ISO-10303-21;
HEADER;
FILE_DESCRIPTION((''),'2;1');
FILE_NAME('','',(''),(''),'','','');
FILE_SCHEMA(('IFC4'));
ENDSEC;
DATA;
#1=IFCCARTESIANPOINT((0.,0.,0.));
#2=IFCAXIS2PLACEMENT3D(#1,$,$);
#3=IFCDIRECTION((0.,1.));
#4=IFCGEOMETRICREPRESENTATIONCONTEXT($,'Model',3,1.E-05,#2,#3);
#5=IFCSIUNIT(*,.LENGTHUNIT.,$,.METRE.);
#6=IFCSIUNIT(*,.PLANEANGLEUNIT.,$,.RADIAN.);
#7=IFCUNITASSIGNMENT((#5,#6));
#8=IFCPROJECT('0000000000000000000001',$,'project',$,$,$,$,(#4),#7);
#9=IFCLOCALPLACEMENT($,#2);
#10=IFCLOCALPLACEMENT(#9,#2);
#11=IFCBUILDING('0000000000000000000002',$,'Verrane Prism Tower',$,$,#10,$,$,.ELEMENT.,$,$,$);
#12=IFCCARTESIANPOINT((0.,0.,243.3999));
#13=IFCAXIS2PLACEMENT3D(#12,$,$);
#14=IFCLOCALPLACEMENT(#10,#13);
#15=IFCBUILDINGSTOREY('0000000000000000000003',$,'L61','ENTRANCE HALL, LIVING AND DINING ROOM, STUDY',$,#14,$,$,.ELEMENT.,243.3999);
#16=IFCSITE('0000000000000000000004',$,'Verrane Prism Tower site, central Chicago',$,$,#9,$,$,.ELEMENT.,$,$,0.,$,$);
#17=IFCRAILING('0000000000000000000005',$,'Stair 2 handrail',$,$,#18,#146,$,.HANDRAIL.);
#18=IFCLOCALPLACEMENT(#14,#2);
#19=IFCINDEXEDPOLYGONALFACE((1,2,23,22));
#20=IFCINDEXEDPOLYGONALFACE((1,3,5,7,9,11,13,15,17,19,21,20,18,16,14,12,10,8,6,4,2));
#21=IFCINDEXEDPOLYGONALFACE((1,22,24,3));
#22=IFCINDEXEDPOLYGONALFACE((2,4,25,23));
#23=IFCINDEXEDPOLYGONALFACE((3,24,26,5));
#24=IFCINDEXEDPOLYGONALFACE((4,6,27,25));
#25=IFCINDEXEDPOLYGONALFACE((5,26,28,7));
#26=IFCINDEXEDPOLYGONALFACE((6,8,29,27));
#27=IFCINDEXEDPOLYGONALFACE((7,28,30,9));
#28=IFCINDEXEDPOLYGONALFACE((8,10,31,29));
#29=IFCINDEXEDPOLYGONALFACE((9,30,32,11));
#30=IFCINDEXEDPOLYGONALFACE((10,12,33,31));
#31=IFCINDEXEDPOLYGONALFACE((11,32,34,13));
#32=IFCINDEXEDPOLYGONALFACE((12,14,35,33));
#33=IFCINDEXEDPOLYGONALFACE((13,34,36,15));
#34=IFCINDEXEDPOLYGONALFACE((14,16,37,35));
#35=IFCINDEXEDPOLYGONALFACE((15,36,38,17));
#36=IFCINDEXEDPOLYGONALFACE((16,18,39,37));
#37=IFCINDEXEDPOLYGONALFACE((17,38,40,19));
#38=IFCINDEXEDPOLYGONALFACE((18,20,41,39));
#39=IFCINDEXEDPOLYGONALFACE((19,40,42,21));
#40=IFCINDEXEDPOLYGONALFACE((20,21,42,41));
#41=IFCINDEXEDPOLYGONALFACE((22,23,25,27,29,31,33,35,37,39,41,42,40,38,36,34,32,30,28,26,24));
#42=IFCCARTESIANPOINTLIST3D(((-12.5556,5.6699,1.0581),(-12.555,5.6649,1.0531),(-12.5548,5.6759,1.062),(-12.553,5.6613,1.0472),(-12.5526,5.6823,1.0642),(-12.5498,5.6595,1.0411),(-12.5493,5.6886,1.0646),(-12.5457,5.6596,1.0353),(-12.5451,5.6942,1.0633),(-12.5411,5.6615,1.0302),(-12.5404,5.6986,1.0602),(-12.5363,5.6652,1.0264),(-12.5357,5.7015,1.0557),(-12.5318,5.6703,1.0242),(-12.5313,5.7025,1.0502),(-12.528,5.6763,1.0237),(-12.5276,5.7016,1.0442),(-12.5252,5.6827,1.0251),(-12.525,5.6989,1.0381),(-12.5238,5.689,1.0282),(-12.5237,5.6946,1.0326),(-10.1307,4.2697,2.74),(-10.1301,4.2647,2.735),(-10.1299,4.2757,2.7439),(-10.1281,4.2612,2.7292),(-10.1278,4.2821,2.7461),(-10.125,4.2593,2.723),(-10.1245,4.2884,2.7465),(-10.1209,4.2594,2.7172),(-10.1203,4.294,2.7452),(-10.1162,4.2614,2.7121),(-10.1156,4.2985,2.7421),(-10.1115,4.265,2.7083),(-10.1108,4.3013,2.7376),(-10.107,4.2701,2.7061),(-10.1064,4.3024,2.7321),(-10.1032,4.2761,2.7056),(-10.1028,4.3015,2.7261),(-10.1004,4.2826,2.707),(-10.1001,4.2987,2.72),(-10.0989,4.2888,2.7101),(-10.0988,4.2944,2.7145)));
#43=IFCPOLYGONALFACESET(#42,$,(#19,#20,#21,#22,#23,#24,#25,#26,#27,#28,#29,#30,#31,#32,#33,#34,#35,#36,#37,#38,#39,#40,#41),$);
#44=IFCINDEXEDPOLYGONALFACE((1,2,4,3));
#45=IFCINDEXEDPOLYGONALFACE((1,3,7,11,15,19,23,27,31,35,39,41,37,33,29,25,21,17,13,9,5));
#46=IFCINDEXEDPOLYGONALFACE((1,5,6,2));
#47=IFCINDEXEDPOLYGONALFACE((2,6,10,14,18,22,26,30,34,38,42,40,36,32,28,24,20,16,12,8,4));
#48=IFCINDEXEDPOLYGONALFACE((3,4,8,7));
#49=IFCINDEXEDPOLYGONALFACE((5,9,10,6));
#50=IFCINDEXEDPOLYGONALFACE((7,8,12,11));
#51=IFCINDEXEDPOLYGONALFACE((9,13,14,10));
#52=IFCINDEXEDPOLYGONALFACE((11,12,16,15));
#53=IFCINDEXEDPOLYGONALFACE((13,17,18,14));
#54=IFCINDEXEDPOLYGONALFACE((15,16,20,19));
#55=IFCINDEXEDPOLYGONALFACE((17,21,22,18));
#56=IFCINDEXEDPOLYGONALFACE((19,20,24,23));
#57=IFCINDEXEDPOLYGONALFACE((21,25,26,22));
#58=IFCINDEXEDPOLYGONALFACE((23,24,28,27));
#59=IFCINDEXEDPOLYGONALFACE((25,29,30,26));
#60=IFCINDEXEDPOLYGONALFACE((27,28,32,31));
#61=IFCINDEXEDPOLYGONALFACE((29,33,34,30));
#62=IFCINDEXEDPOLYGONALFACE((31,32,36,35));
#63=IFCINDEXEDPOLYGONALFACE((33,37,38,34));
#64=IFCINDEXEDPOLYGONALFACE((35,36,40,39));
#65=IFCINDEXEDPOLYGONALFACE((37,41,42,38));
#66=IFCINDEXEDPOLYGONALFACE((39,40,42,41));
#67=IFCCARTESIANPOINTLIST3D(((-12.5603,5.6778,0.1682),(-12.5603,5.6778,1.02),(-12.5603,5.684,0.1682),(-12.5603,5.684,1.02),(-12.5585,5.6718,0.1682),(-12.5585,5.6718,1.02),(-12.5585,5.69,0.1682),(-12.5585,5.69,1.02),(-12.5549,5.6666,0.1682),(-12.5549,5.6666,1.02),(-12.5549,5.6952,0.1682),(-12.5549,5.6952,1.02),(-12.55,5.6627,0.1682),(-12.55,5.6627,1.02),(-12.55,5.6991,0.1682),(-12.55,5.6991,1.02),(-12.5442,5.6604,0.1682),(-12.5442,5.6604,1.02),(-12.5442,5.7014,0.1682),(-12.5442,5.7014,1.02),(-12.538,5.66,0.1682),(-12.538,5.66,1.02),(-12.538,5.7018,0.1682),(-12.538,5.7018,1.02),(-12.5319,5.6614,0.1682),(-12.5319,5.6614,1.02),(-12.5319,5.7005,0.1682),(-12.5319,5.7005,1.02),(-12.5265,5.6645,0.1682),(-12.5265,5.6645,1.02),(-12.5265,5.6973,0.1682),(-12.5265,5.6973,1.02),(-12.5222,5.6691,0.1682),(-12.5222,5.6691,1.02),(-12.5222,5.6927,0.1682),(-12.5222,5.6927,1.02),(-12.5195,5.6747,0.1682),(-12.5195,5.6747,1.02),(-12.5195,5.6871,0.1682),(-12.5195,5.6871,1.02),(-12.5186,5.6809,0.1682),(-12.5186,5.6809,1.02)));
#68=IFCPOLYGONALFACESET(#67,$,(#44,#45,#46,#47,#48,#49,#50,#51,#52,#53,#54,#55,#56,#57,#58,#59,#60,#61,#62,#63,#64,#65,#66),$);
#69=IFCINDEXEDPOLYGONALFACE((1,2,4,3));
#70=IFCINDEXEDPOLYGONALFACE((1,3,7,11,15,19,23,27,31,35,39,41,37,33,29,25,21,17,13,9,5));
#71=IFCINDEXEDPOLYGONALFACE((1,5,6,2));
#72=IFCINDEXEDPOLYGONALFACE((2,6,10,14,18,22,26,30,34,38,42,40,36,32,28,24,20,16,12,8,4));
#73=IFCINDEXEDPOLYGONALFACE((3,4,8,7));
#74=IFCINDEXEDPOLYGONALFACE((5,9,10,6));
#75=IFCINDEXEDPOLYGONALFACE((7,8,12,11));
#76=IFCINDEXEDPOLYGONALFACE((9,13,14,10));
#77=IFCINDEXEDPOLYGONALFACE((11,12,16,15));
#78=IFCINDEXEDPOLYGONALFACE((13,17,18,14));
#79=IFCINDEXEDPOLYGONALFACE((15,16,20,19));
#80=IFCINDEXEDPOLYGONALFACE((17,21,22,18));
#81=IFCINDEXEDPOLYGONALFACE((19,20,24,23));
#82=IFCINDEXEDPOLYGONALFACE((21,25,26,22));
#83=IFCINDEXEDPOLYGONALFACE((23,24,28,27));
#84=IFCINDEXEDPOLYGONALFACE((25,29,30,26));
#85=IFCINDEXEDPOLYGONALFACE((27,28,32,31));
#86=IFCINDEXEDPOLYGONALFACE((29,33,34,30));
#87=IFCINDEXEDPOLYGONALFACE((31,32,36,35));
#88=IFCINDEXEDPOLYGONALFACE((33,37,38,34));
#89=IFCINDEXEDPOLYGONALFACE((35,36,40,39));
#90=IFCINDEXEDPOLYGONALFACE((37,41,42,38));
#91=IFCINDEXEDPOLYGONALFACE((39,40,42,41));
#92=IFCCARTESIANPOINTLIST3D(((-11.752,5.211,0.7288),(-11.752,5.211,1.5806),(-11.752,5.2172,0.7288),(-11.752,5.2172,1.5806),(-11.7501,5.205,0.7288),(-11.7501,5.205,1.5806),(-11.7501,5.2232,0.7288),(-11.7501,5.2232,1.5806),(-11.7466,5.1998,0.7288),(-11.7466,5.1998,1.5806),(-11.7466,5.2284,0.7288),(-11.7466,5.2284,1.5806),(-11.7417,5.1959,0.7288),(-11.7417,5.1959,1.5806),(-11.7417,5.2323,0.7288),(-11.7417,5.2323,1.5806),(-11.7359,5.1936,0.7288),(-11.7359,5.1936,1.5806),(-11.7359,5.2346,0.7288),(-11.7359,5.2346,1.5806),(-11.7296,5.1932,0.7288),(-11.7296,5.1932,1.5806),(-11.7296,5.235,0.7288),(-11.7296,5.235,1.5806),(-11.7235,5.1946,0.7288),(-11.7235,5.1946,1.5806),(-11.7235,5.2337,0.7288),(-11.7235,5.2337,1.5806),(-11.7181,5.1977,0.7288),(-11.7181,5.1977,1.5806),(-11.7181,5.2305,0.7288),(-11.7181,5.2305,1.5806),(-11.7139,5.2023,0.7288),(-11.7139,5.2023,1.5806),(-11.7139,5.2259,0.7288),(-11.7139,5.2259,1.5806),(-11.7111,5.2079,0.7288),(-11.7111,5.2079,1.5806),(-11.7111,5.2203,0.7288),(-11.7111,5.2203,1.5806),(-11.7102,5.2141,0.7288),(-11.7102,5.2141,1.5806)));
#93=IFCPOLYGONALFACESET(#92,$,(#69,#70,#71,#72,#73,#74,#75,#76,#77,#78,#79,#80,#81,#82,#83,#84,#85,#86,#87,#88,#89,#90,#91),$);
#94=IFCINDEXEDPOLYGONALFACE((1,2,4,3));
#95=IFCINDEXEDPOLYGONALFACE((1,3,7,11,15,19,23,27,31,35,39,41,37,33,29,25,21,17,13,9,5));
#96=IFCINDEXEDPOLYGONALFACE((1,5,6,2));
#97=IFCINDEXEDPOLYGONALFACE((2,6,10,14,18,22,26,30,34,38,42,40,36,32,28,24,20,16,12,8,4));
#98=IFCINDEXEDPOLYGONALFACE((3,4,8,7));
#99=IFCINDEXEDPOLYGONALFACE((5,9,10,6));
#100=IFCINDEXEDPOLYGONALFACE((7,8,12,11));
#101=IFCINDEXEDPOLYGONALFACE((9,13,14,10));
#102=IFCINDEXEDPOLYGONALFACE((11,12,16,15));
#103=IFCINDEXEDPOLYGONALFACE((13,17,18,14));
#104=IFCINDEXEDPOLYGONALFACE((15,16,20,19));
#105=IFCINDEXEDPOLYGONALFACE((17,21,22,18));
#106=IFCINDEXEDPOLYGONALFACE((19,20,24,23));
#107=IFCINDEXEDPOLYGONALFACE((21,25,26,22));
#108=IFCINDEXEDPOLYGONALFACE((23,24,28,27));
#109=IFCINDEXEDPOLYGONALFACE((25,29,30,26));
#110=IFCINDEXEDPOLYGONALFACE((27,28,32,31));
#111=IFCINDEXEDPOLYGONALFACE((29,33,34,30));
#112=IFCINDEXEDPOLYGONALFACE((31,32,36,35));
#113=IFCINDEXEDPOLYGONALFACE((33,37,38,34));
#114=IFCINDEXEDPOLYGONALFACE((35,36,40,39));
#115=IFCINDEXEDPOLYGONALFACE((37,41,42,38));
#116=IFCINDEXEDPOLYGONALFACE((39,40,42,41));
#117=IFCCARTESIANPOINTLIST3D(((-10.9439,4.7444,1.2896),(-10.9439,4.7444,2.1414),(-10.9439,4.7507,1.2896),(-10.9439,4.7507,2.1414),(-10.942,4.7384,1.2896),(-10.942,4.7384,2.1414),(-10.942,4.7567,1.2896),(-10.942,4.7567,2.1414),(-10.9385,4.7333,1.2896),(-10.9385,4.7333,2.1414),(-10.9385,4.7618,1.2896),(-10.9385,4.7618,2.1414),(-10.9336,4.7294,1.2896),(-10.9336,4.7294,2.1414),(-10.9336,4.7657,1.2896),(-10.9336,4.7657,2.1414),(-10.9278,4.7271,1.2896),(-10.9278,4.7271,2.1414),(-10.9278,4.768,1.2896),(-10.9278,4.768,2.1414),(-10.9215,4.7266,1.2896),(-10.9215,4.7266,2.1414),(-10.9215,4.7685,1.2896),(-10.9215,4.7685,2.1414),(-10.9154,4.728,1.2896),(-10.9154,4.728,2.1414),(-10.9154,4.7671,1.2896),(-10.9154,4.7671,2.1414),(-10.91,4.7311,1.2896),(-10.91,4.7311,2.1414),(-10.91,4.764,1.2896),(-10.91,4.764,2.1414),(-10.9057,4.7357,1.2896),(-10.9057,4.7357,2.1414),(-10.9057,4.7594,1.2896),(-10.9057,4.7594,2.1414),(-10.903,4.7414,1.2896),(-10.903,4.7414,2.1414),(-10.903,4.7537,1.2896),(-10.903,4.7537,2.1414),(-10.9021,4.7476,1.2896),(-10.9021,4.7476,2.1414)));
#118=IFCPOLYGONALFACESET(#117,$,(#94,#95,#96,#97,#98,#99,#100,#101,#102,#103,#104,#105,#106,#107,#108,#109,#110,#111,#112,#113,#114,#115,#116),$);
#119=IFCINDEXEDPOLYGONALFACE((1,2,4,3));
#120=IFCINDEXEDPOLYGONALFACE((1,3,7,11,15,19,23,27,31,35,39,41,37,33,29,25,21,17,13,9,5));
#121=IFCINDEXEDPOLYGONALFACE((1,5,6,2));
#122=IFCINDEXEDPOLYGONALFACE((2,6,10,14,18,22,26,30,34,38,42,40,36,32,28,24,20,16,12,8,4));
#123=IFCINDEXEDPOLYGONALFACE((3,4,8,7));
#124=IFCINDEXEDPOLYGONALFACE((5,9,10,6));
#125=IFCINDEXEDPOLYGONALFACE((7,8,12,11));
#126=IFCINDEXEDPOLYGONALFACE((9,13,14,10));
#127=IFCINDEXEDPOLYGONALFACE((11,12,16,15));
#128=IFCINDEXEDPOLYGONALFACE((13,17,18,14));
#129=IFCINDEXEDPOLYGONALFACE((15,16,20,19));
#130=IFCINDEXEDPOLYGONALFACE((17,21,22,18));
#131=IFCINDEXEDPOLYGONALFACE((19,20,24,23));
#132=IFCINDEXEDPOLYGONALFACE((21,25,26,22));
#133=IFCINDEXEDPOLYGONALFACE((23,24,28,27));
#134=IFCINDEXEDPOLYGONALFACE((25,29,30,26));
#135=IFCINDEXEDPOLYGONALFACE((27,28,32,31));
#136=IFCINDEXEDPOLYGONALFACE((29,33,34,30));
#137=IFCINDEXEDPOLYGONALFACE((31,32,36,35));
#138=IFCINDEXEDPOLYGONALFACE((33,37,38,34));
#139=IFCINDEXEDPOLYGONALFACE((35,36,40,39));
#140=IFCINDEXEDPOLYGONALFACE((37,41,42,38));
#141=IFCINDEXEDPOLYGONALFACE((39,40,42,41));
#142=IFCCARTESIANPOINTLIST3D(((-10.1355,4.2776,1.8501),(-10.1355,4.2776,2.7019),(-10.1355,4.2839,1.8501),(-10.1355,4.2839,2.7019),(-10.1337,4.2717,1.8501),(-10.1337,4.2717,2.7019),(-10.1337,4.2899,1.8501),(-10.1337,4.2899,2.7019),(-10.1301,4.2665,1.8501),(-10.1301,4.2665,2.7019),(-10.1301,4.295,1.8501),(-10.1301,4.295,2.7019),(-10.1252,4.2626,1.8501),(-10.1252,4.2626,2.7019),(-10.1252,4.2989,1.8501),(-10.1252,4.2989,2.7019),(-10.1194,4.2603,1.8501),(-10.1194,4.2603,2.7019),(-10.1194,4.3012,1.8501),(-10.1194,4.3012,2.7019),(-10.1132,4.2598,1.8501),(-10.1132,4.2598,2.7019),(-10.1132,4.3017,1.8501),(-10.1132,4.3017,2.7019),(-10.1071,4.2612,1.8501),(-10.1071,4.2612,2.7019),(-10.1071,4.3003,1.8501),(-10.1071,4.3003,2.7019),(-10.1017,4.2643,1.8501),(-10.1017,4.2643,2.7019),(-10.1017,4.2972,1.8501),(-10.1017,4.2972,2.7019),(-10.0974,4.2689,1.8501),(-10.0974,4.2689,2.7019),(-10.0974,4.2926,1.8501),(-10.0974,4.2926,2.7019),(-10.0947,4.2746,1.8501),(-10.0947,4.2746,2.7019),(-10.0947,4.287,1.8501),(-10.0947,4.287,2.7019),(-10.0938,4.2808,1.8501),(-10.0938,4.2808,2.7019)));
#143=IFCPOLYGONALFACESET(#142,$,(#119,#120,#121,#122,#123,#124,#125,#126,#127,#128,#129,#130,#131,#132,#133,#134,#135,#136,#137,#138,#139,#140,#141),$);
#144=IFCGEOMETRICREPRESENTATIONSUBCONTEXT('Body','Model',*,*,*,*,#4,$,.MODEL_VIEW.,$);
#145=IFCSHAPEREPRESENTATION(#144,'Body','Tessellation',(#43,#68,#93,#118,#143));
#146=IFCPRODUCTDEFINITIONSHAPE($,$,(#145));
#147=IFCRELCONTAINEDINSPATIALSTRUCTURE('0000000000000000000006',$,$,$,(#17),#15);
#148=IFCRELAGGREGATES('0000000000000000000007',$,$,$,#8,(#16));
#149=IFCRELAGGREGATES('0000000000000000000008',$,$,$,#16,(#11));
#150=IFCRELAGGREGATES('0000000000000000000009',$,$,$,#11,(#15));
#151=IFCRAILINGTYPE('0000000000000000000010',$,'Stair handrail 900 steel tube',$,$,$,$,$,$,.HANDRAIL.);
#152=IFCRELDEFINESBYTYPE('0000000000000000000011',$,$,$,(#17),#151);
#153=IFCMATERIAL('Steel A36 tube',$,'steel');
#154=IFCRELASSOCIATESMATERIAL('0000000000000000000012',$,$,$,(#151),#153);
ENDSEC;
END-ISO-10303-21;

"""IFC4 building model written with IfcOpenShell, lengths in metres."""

from ifc_helpers import new_model, si_unit, direction, frame, origin, origin_2d, place, context, subcontext, project, spatial, circle, extrude, material, type_object, element, save


model = new_model("IFC4")

# Units and contexts
model_context = context("Model", 3, precision=1e-05, world=origin(), true_north=direction((0.0, 1.0)))
body_context = subcontext(model_context, "Body", "Model", "MODEL_VIEW")
ifc_project = project(units=[si_unit("LENGTHUNIT", "METRE"), si_unit("PLANEANGLEUNIT", "RADIAN")], contexts=[model_context])

# Site, building, storey
site_placement = place(None, origin())
site = spatial("IfcSite", under=ifc_project, at=site_placement, Name="Verrane Prism Tower site, central Chicago", CompositionType="ELEMENT", RefElevation=0.0)
building_placement = place(site_placement, origin())
building = spatial("IfcBuilding", under=site, at=building_placement, Name="Verrane Prism Tower", CompositionType="ELEMENT")
storey_placement = place(building_placement, frame((0.0, 0.0, 243.3999)))
storey = spatial("IfcBuildingStorey", under=building, at=storey_placement, Name="L61", Description="ENTRANCE HALL, LIVING AND DINING ROOM, STUDY", CompositionType="ELEMENT", Elevation=243.3999)

# Railing
ifc_material_1 = material(Name="Steel A36 tube", Category="steel")
railing_type_1 = type_object("IfcRailingType", Name="Stair handrail 900 steel tube", PredefinedType="HANDRAIL", material=ifc_material_1)
railing_1_placement = place(storey_placement, frame((-12.5396, 5.6809, 0.1682)))
element("IfcRailing", 1, at=railing_1_placement, inside=storey, type_object=railing_type_1, Name="Stair 2 handrail", PredefinedType="HANDRAIL", context=body_context, shape_type="SweptSolid", body=[
    extrude(circle(Radius=0.0239, at=origin_2d()), frame((0.0, 0.0, 0.876), z_axis=(0.742367, -0.428662, 0.514918), x_axis=(0.50005, 0.865997, 0.0)), (0.0, 0.0, 1.0), 3.2664),
    extrude(circle(Radius=0.021, at=origin_2d()), origin(), (0.0, 0.0, 1.0), 0.8518),
    extrude(circle(Radius=0.021, at=origin_2d()), frame((0.8083, -0.4668, 0.5605)), (0.0, 0.0, 1.0), 0.8518),
    extrude(circle(Radius=0.021, at=origin_2d()), frame((1.6165, -0.9333, 1.1213)), (0.0, 0.0, 1.0), 0.8518),
    extrude(circle(Radius=0.021, at=origin_2d()), frame((2.4248, -1.4001, 1.6819)), (0.0, 0.0, 1.0), 0.8518),
])

save(model, "model.ifc")
